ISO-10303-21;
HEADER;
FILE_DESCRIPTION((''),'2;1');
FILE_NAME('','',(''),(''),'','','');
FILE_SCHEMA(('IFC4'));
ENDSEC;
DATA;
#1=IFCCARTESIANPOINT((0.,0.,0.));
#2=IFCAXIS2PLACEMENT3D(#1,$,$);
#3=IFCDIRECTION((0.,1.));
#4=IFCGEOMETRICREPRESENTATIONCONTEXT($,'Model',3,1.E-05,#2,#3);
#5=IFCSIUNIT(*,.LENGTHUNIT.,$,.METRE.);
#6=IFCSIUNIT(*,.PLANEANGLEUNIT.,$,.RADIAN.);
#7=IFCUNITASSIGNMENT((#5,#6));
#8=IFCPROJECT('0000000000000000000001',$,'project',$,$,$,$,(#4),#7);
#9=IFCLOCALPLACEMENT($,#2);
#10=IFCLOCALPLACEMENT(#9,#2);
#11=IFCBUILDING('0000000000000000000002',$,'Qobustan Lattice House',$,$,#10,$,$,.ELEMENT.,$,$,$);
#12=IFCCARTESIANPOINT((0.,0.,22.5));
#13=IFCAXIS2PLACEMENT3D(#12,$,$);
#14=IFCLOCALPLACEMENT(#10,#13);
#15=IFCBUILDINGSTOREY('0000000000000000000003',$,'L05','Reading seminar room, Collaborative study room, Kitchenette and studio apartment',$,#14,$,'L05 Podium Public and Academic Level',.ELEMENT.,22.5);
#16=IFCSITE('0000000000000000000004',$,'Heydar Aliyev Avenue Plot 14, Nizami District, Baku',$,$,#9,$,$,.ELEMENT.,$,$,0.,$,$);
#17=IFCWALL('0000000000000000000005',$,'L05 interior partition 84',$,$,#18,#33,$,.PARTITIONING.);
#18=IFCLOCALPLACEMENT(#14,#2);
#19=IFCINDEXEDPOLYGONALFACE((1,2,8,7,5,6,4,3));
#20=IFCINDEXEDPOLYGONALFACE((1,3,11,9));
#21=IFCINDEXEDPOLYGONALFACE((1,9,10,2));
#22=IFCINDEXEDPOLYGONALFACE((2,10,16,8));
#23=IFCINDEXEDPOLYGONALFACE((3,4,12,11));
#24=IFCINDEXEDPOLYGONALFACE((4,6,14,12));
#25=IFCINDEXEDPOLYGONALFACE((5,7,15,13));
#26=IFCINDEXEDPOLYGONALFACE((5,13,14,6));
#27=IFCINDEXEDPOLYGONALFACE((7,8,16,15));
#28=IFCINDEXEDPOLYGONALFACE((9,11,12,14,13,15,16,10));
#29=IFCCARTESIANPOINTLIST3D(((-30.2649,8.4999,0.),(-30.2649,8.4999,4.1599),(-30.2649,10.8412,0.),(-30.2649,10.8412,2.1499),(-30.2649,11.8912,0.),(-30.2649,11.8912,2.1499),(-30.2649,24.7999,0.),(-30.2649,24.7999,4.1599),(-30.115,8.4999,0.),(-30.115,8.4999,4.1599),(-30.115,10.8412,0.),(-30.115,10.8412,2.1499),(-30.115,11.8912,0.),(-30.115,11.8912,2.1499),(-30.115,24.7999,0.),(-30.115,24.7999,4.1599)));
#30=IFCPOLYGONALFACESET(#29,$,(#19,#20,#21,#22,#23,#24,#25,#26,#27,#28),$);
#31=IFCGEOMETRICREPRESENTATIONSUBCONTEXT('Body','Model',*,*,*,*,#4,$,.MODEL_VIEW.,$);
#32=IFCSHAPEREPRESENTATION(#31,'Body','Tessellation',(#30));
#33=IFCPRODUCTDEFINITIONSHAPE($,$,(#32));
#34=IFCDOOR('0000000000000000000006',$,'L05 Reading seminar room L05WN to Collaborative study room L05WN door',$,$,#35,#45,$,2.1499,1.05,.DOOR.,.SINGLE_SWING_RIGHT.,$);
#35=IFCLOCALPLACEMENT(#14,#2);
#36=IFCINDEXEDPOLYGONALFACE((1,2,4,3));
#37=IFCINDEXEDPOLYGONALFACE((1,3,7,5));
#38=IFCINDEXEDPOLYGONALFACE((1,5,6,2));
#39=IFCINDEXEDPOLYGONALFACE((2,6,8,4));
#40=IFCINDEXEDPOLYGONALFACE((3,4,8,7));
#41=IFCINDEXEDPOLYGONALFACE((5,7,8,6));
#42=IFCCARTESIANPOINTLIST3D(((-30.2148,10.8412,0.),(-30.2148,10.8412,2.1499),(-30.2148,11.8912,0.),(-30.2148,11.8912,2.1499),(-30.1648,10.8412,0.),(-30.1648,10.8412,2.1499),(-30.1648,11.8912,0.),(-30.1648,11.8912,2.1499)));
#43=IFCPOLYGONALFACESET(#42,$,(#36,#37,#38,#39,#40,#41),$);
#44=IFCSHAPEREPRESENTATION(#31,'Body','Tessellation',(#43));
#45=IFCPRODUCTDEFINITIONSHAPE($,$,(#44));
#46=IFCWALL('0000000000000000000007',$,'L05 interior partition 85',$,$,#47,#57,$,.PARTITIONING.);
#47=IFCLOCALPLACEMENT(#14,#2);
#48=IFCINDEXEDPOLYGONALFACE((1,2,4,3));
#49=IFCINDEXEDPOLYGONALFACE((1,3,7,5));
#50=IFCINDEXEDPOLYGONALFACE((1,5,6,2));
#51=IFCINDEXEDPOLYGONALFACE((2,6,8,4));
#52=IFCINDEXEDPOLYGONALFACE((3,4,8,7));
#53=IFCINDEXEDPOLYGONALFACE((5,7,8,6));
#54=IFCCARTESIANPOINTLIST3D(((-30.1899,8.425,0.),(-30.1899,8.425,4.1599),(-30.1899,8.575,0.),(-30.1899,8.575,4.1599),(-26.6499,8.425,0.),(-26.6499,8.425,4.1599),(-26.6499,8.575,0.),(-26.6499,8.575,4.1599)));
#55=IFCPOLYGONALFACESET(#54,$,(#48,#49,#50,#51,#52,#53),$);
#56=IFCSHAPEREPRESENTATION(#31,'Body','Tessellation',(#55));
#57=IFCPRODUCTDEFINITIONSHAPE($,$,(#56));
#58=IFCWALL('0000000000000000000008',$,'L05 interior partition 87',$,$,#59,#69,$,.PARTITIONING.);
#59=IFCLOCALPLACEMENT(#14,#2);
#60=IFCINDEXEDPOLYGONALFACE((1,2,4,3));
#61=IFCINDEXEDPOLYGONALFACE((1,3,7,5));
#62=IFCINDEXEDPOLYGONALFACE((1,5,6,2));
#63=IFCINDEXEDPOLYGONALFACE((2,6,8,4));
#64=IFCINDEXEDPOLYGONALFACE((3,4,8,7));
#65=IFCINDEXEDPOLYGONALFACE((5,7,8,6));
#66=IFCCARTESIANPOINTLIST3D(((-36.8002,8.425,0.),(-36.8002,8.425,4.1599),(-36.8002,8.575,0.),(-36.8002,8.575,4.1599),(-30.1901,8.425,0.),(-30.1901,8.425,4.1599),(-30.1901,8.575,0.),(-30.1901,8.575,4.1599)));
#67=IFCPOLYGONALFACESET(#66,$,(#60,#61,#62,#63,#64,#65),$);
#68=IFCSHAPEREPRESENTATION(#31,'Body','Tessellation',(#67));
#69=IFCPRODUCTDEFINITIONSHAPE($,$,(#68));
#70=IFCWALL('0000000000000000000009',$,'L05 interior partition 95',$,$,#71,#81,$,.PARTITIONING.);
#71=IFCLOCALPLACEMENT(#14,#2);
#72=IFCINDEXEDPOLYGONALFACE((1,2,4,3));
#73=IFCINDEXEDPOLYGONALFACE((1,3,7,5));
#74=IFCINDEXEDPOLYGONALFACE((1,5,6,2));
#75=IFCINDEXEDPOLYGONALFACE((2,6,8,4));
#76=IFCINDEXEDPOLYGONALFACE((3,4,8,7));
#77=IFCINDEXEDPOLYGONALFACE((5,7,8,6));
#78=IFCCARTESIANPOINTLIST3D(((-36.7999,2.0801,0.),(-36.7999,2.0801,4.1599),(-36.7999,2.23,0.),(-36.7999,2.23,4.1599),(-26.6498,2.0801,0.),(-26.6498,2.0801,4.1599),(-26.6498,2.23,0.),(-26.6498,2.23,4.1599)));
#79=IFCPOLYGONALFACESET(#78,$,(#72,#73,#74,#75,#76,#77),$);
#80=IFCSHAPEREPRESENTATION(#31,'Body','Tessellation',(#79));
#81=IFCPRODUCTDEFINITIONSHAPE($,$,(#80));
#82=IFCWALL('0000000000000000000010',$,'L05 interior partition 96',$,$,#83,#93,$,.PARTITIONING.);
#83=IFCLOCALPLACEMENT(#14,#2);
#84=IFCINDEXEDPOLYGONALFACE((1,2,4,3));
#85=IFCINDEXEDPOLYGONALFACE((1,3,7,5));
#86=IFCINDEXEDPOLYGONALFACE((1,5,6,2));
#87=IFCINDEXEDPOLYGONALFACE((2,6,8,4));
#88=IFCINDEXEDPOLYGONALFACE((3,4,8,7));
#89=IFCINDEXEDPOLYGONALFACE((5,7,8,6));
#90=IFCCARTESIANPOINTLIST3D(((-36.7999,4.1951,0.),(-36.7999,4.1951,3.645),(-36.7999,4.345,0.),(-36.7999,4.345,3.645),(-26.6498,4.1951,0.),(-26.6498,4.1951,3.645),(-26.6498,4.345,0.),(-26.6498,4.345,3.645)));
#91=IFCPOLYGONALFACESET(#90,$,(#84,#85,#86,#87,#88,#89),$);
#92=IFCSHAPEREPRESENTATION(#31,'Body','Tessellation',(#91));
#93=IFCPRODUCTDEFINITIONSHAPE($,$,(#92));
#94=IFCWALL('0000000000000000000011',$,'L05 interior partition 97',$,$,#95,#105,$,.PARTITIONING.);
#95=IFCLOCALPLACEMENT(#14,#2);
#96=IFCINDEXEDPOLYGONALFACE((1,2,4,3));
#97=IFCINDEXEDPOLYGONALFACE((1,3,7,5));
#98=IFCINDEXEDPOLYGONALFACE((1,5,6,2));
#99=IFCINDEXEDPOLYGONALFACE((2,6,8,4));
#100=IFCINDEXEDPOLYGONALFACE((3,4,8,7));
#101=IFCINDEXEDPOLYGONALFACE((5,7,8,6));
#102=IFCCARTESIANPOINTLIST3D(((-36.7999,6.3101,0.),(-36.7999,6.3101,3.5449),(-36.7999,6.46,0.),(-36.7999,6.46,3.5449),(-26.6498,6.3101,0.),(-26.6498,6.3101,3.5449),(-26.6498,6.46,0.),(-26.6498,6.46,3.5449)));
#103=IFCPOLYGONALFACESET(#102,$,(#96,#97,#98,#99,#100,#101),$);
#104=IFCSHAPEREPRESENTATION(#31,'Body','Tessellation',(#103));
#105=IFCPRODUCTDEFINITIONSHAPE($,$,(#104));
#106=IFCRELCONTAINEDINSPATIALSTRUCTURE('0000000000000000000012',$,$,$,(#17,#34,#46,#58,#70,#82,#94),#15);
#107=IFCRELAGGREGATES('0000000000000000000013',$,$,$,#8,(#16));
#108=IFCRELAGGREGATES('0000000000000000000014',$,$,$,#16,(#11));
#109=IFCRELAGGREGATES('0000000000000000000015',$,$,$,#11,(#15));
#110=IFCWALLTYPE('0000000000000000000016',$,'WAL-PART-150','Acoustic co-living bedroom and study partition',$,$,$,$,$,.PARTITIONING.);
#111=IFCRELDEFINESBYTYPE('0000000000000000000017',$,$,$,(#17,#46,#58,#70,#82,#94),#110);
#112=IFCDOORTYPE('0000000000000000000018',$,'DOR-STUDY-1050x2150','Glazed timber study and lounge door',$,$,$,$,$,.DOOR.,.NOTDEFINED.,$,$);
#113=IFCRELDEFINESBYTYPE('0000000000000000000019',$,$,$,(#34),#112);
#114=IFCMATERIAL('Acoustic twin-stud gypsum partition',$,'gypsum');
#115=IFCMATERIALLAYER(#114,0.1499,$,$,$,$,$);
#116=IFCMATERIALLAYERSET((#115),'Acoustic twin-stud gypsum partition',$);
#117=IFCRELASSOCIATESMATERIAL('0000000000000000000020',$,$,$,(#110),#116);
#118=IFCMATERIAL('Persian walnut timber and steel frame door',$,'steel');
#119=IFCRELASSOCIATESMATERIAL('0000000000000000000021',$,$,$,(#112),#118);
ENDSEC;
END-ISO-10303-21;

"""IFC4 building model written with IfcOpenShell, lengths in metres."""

from ifc_helpers import new_model, si_unit, direction, frame, frame_2d, origin, place, context, subcontext, project, spatial, rectangle, extrude, material, layer, layer_set, type_object, element, fill, save


model = new_model("IFC4")

# Units and contexts
model_context = context("Model", 3, precision=1e-05, world=origin(), true_north=direction((0.0, 1.0)))
body_context = subcontext(model_context, "Body", "Model", "MODEL_VIEW")
ifc_project = project(units=[si_unit("LENGTHUNIT", "METRE"), si_unit("PLANEANGLEUNIT", "RADIAN")], contexts=[model_context])

# Site, building, storey
site_placement = place(None, origin())
site = spatial("IfcSite", under=ifc_project, at=site_placement, Name="Heydar Aliyev Avenue Plot 14, Nizami District, Baku", CompositionType="ELEMENT", RefElevation=0.0)
building_placement = place(site_placement, origin())
building = spatial("IfcBuilding", under=site, at=building_placement, Name="Qobustan Lattice House", CompositionType="ELEMENT")
storey_placement = place(building_placement, frame((0.0, 0.0, 22.5)))
storey = spatial("IfcBuildingStorey", under=building, at=storey_placement, Name="L05", Description="Reading seminar room, Collaborative study room, Kitchenette and studio apartment", LongName="L05 Podium Public and Academic Level", CompositionType="ELEMENT", Elevation=22.5)

# Shared definitions
ifc_material_1 = material(Name="Acoustic twin-stud gypsum partition", Category="gypsum")
ifc_layer_1 = layer(ifc_material_1, 0.1499)
ifc_layer_set_1 = layer_set([ifc_layer_1], Name="Acoustic twin-stud gypsum partition")
wall_type = type_object("IfcWallType", Name="WAL-PART-150", Description="Acoustic co-living bedroom and study partition", PredefinedType="PARTITIONING", material=ifc_layer_set_1)
ifc_material_2 = material(Name="Persian walnut timber and steel frame door", Category="steel")
door_type_1 = type_object("IfcDoorType", Name="DOR-STUDY-1050x2150", Description="Glazed timber study and lounge door", OperationType="NOTDEFINED", PredefinedType="DOOR", material=ifc_material_2)

# Wall, opening, door
wall_1_placement = place(storey_placement, frame((-30.1899, 8.5, 0.0), z_axis=(0.0, 0.0, 1.0), x_axis=(0.0, 1.0, 0.0)))
wall_1 = element("IfcWall", 1, at=wall_1_placement, inside=storey, type_object=wall_type, Name="L05 interior partition 84", PredefinedType="PARTITIONING", context=body_context, shape_type="SweptSolid", body=[
    extrude(rectangle(XDim=16.3, YDim=0.1499, at=frame_2d((8.1499, 0.0))), origin(), (0.0, 0.0, 1.0), 4.1599),
])
opening_1_placement = place(wall_1_placement, frame((2.3413, 0.0, 0.0)))
opening_1 = element("IfcOpeningElement", 2, at=opening_1_placement, cuts=wall_1, PredefinedType="OPENING", context=body_context, shape_type="SweptSolid", body=[
    extrude(rectangle(XDim=1.05, YDim=2.1499, at=frame_2d((0.5249, 1.075))), frame((0.0, 0.085, 0.0), z_axis=(0.0, -1.0, 0.0), x_axis=(1.0, 0.0, 0.0)), (0.0, 0.0, 1.0), 0.1699),
])
door_1_placement = place(opening_1_placement, origin())
door_1 = element("IfcDoor", 3, at=door_1_placement, inside=storey, type_object=door_type_1, Name="L05 Reading seminar room L05WN to Collaborative study room L05WN door", OperationType="SINGLE_SWING_RIGHT", OverallHeight=2.1499, OverallWidth=1.05, PredefinedType="DOOR", context=body_context, shape_type="SweptSolid", body=[
    extrude(rectangle(XDim=1.05, YDim=2.1499, at=frame_2d((0.5249, 1.075))), frame((0.0, 0.0249, 0.0), z_axis=(0.0, -1.0, 0.0), x_axis=(1.0, 0.0, 0.0)), (0.0, 0.0, 1.0), 0.05),
])
fill(opening_1, door_1)

# Walls
wall_2_placement = place(storey_placement, frame((-26.6499, 8.5, 0.0), z_axis=(0.0, 0.0, 1.0), x_axis=(-1.0, 0.0, 0.0)))
element("IfcWall", 4, at=wall_2_placement, inside=storey, type_object=wall_type, Name="L05 interior partition 85", PredefinedType="PARTITIONING", context=body_context, shape_type="SweptSolid", body=[
    extrude(rectangle(XDim=3.54, YDim=0.1499, at=frame_2d((1.77, 0.0))), origin(), (0.0, 0.0, 1.0), 4.1599),
])
wall_3_placement = place(storey_placement, frame((-30.1899, 8.5, 0.0), z_axis=(0.0, 0.0, 1.0), x_axis=(-1.0, 0.0, 0.0)))
element("IfcWall", 5, at=wall_3_placement, inside=storey, type_object=wall_type, Name="L05 interior partition 87", PredefinedType="PARTITIONING", context=body_context, shape_type="SweptSolid", body=[
    extrude(rectangle(XDim=6.6101, YDim=0.1499, at=frame_2d((3.3052, 0.0))), origin(), (0.0, 0.0, 1.0), 4.1599),
])
wall_4_placement = place(storey_placement, frame((-36.8, 2.155, 0.0), z_axis=(0.0, 0.0, 1.0), x_axis=(1.0, 0.0, 0.0)))
element("IfcWall", 6, at=wall_4_placement, inside=storey, type_object=wall_type, Name="L05 interior partition 95", PredefinedType="PARTITIONING", context=body_context, shape_type="SweptSolid", body=[
    extrude(rectangle(XDim=10.1501, YDim=0.1499, at=frame_2d((5.0752, 0.0))), origin(), (0.0, 0.0, 1.0), 4.1599),
])
wall_5_placement = place(storey_placement, frame((-36.8, 4.27, 0.0), z_axis=(0.0, 0.0, 1.0), x_axis=(1.0, 0.0, 0.0)))
element("IfcWall", 7, at=wall_5_placement, inside=storey, type_object=wall_type, Name="L05 interior partition 96", PredefinedType="PARTITIONING", context=body_context, shape_type="SweptSolid", body=[
    extrude(rectangle(XDim=10.1501, YDim=0.1499, at=frame_2d((5.0752, 0.0))), origin(), (0.0, 0.0, 1.0), 3.645),
])
wall_6_placement = place(storey_placement, frame((-36.8, 6.385, 0.0), z_axis=(0.0, 0.0, 1.0), x_axis=(1.0, 0.0, 0.0)))
element("IfcWall", 8, at=wall_6_placement, inside=storey, type_object=wall_type, Name="L05 interior partition 97", PredefinedType="PARTITIONING", context=body_context, shape_type="SweptSolid", body=[
    extrude(rectangle(XDim=10.1501, YDim=0.1499, at=frame_2d((5.0752, 0.0))), origin(), (0.0, 0.0, 1.0), 3.5449),
])

save(model, "model.ifc")
